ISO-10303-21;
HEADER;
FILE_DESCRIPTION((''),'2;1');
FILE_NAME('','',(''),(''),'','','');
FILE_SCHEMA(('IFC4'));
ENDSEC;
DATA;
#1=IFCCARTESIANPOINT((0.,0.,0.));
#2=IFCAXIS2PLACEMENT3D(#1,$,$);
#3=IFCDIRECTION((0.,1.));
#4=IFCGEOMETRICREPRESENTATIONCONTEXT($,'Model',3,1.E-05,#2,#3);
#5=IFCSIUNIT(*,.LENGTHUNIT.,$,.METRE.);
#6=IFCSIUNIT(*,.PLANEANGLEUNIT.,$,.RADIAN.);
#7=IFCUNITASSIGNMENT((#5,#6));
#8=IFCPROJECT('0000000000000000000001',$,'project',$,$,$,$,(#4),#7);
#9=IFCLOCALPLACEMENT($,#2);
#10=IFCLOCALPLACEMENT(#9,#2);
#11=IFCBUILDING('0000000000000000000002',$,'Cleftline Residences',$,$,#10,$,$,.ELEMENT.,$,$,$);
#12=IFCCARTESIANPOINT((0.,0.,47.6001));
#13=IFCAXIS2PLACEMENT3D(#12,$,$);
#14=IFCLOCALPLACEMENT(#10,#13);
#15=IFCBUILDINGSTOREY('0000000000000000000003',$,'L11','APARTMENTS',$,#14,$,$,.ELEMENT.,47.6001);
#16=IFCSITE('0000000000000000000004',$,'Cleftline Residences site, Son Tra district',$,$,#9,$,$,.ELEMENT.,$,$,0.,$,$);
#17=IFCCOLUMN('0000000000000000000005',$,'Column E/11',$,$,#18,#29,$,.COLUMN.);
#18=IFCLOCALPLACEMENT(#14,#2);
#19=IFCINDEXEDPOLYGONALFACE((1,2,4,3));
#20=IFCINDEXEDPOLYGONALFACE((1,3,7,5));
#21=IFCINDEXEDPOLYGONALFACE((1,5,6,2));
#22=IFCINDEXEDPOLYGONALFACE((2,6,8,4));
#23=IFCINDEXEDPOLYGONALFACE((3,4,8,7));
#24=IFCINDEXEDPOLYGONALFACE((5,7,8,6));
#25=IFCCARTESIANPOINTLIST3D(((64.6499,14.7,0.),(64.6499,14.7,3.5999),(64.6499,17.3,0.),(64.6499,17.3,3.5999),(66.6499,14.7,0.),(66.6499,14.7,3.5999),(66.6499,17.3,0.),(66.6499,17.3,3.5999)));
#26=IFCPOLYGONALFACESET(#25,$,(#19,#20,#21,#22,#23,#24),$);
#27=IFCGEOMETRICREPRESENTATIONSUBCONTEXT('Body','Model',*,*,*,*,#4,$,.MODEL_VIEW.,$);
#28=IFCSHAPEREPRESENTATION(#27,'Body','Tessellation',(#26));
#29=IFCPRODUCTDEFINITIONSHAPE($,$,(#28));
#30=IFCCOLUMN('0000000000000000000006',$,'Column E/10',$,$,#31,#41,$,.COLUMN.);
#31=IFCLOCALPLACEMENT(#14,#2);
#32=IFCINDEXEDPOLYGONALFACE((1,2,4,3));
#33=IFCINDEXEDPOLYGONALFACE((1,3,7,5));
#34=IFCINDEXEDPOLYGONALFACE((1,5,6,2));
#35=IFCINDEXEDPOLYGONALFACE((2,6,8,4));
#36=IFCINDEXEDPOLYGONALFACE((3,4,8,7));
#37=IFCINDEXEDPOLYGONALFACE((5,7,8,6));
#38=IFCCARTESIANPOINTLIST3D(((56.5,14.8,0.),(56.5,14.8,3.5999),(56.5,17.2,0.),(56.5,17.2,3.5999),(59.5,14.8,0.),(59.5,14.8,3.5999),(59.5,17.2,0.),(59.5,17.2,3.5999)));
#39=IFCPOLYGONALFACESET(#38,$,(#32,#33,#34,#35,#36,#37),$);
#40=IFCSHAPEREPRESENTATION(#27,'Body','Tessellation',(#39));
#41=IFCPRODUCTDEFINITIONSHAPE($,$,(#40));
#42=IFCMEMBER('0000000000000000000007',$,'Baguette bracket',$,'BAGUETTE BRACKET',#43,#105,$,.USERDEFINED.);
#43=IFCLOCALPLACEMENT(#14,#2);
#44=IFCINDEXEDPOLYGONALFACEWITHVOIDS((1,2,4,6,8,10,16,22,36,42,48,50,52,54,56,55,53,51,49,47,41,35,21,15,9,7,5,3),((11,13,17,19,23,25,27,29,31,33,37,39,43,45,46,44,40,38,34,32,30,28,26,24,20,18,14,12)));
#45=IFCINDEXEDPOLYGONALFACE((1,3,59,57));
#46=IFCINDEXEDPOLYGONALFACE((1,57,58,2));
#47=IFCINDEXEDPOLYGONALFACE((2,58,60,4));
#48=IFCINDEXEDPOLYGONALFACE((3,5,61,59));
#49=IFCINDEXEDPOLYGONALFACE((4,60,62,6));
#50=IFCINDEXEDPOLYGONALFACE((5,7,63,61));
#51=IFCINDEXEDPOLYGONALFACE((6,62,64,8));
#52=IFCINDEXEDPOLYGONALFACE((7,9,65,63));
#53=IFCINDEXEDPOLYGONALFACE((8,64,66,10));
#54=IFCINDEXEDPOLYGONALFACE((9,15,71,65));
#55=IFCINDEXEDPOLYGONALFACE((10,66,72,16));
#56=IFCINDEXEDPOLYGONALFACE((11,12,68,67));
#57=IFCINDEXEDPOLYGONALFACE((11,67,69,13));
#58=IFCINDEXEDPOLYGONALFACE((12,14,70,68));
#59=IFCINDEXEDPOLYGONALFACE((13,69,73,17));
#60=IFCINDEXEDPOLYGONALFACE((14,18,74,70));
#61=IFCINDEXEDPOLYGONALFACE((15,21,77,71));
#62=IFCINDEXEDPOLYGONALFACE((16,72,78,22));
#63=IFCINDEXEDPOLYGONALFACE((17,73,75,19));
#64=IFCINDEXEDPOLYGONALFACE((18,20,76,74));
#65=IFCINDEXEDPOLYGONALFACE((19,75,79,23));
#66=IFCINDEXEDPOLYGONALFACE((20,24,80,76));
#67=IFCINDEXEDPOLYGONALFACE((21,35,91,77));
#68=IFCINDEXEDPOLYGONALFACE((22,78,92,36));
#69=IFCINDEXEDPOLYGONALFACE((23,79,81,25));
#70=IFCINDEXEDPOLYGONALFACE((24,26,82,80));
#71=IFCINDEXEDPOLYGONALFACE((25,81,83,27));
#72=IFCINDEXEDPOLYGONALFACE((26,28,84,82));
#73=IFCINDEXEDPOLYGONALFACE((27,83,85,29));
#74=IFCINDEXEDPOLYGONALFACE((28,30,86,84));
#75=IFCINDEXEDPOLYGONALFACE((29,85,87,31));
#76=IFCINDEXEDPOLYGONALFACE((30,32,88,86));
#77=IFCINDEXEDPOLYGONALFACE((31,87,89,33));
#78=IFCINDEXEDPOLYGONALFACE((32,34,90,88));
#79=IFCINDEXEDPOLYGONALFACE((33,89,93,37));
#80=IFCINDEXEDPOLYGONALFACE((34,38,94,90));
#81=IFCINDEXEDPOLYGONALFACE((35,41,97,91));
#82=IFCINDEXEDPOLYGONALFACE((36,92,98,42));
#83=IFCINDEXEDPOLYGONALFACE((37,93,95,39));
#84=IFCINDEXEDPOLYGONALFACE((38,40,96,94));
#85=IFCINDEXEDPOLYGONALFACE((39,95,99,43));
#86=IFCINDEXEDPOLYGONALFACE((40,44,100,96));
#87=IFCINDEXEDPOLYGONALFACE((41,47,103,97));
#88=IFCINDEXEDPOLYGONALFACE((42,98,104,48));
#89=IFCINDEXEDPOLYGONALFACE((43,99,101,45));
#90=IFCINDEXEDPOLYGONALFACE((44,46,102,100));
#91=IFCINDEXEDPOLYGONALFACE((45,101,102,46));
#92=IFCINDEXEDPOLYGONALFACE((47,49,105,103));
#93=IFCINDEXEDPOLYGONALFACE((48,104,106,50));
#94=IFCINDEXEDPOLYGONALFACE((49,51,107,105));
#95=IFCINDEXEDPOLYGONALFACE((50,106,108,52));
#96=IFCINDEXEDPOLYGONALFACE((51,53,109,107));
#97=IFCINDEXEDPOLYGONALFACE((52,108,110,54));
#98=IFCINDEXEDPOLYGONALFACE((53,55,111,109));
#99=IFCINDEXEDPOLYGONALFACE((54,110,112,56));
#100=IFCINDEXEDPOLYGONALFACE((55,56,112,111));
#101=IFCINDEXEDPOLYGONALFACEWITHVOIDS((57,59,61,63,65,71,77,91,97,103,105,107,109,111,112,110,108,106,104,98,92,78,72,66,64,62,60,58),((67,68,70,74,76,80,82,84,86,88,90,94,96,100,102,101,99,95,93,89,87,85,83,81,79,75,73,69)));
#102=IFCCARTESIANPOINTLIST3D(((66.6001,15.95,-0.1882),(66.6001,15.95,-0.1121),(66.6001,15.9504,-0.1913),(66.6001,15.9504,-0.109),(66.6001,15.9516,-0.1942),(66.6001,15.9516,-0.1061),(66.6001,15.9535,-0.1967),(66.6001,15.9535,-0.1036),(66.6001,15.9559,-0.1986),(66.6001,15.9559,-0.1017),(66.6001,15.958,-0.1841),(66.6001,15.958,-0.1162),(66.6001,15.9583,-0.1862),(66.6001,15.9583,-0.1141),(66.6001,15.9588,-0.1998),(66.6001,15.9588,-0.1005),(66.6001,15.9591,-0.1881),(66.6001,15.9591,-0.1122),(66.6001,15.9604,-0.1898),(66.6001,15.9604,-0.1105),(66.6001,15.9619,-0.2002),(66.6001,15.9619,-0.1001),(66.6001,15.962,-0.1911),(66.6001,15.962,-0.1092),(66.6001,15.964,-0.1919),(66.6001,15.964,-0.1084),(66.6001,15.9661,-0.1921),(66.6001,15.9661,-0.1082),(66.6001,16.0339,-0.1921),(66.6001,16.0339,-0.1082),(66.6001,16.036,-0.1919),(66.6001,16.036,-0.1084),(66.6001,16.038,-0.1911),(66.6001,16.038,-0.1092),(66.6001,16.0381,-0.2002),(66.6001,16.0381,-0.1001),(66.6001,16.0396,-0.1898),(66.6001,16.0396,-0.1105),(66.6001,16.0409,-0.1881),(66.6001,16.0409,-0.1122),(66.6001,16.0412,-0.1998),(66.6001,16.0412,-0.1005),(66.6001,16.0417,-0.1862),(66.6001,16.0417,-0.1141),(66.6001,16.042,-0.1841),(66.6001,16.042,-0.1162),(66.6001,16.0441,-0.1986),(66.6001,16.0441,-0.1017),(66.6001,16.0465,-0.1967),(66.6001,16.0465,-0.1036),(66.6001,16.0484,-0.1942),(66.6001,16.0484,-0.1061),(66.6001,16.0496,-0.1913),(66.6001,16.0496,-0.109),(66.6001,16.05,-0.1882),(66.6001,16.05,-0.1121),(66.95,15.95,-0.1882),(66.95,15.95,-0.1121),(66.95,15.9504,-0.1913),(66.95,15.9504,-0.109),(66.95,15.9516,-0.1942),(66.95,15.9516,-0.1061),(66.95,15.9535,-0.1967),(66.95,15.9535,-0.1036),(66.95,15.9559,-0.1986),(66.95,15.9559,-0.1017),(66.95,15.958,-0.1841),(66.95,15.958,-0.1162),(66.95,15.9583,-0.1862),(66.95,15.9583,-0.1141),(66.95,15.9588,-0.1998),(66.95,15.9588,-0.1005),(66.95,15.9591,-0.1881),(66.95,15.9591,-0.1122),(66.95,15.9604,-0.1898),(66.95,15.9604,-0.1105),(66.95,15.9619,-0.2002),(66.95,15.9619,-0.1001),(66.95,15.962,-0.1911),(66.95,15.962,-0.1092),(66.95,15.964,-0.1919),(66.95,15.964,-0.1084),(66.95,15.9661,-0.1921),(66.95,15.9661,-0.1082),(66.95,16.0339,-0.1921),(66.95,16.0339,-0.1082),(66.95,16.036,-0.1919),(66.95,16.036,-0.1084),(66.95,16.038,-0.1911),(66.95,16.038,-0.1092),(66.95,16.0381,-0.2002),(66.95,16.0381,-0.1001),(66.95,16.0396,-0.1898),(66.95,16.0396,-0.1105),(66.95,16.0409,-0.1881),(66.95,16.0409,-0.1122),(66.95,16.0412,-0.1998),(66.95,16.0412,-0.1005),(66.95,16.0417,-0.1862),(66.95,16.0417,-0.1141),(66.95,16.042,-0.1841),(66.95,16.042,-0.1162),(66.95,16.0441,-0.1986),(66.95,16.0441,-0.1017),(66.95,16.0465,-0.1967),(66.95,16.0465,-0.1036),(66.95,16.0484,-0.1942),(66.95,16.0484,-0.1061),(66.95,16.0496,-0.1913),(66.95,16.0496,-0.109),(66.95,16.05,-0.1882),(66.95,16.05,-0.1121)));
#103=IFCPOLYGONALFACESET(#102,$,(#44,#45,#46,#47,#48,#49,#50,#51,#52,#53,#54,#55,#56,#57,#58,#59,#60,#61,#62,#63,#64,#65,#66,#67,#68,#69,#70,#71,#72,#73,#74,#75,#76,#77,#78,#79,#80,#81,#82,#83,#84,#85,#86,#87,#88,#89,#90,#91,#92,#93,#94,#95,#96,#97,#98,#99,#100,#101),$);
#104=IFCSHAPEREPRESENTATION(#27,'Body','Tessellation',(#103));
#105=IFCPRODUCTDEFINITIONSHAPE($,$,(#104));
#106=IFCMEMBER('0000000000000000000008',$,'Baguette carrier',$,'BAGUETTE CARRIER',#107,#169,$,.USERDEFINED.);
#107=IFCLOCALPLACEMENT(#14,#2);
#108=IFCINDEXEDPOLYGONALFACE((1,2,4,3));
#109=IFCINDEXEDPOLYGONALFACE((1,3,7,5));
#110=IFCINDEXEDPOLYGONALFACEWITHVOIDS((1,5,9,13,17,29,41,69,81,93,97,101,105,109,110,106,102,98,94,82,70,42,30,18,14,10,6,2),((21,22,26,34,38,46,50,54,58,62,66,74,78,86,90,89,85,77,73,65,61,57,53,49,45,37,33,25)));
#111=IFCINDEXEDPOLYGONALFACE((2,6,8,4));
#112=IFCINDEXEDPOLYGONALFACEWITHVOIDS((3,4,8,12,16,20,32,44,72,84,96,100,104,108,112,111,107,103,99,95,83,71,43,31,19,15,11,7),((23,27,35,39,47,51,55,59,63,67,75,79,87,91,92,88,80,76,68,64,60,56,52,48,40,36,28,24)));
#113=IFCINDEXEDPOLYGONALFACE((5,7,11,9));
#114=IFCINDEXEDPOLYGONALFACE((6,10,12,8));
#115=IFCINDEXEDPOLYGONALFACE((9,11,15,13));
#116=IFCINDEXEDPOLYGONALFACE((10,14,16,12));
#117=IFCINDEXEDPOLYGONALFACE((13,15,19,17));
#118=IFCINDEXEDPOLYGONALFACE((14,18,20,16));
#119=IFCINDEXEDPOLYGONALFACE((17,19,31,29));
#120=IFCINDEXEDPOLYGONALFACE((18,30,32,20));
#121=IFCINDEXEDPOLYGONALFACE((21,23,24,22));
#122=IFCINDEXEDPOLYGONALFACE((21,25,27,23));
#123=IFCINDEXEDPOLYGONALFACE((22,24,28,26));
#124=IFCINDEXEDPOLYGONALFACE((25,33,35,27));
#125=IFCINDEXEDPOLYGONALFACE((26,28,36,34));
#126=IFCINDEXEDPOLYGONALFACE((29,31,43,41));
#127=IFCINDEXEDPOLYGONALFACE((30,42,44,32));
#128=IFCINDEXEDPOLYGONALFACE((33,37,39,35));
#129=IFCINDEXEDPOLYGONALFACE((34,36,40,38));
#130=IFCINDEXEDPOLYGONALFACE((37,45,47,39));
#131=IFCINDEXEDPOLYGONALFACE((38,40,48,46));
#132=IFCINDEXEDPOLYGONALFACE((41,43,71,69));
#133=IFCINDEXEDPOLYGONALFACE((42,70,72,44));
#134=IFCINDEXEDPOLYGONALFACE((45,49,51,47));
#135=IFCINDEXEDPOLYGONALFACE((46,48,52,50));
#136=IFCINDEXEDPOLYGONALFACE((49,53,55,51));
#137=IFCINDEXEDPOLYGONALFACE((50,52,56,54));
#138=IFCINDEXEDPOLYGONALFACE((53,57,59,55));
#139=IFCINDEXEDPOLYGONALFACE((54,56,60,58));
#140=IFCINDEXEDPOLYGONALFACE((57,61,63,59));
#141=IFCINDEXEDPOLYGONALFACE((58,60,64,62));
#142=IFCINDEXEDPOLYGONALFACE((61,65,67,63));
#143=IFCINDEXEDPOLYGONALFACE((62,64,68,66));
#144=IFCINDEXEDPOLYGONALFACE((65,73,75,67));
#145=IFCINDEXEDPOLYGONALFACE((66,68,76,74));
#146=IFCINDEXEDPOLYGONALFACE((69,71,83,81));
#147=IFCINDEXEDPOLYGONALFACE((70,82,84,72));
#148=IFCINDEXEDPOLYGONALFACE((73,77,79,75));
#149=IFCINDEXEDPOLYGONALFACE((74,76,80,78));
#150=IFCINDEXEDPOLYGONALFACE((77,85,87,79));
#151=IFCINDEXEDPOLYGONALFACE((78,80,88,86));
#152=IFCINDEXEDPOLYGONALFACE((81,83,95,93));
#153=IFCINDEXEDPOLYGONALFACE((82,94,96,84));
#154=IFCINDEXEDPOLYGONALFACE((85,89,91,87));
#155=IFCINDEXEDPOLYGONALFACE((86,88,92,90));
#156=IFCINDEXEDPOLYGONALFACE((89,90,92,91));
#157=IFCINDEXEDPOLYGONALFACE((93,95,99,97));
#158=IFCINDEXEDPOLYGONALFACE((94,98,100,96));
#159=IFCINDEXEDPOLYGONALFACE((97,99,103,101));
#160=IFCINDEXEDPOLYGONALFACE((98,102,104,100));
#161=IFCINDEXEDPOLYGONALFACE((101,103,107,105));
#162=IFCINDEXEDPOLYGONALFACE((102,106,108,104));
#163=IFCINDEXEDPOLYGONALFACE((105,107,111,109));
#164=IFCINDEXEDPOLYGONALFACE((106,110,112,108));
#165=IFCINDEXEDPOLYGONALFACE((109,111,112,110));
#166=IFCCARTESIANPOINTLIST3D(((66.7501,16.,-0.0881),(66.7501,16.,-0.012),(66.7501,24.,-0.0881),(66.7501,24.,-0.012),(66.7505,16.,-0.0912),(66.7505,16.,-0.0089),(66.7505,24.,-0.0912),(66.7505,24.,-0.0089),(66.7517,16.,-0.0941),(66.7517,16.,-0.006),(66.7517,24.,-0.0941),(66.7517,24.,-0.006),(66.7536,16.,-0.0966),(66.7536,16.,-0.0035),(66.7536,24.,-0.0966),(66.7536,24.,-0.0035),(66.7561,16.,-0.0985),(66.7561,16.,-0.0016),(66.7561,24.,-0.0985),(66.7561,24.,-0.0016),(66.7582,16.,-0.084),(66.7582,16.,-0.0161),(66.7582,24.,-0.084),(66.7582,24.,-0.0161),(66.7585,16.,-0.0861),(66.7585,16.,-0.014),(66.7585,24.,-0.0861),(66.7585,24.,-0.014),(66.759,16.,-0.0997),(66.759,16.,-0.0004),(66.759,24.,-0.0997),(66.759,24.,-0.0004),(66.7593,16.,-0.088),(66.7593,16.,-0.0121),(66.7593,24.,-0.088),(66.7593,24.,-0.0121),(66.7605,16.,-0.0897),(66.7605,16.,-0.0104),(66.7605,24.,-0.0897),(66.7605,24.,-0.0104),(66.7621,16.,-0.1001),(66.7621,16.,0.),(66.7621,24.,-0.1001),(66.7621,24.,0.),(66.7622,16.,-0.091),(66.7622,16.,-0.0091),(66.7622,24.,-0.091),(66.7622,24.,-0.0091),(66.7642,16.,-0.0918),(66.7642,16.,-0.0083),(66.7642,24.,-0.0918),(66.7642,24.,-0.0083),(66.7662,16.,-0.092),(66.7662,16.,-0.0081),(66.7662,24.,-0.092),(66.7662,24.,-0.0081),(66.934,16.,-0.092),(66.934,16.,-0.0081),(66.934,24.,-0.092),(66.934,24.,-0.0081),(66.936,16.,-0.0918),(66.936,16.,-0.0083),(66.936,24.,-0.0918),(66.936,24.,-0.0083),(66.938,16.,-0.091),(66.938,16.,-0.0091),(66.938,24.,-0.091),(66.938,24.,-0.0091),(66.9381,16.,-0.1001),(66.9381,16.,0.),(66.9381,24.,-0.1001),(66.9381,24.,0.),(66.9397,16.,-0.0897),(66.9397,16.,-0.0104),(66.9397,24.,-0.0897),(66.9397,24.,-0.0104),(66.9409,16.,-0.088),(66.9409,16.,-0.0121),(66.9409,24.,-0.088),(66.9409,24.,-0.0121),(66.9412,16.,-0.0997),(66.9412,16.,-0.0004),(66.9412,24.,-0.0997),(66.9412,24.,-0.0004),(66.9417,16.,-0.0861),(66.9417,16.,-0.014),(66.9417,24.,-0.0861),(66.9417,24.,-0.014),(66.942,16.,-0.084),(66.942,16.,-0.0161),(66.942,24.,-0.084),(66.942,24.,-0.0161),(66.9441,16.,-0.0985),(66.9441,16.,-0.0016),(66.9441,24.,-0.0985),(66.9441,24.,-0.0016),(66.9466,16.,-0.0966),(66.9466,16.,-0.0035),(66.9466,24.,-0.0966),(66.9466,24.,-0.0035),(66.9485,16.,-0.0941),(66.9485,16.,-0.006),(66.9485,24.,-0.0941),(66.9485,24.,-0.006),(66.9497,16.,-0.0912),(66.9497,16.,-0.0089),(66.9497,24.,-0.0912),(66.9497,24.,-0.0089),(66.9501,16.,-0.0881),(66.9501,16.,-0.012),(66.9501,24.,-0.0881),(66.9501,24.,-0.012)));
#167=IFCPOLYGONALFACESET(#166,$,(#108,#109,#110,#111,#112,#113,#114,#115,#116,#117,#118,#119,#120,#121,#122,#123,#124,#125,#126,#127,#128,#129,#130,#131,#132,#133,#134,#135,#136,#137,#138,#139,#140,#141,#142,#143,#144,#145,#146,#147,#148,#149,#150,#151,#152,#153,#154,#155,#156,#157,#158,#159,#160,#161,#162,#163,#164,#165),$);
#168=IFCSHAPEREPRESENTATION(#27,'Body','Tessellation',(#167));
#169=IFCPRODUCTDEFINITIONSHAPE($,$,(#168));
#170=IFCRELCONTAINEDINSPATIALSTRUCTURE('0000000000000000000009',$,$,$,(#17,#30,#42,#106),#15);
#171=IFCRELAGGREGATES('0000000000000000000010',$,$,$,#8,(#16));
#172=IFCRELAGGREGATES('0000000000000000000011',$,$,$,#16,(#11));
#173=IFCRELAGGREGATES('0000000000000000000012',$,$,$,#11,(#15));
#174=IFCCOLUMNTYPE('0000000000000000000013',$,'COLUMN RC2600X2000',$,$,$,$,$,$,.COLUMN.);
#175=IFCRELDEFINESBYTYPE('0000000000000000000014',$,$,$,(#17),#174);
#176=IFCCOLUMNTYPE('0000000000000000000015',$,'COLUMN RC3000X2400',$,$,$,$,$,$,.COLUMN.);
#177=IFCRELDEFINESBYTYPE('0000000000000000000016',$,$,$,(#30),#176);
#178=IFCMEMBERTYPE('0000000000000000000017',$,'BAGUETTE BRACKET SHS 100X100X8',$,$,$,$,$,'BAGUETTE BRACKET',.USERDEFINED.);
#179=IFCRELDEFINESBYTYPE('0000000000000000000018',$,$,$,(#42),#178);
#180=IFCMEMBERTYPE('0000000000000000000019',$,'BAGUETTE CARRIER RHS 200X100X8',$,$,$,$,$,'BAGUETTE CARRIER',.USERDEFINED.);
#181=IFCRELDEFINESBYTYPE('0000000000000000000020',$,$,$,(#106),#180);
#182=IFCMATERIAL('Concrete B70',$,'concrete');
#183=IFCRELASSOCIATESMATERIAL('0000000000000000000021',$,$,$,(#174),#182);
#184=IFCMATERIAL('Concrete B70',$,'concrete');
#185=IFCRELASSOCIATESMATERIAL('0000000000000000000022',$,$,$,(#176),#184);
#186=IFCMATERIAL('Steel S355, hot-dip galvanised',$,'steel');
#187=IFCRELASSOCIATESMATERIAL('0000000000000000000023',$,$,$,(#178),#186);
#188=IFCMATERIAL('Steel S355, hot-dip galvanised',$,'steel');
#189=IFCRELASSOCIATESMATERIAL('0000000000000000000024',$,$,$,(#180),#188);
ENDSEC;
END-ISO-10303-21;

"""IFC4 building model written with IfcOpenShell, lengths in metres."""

from ifc_helpers import new_model, si_unit, direction, frame, origin, origin_2d, place, context, subcontext, project, spatial, rectangle, hollow_rectangle, extrude, material, material_profile, profile_set, type_object, element, save


model = new_model("IFC4")

# Units and contexts
model_context = context("Model", 3, precision=1e-05, world=origin(), true_north=direction((0.0, 1.0)))
body_context = subcontext(model_context, "Body", "Model", "MODEL_VIEW")
ifc_project = project(units=[si_unit("LENGTHUNIT", "METRE"), si_unit("PLANEANGLEUNIT", "RADIAN")], contexts=[model_context])

# Site, building, storey
site_placement = place(None, origin())
site = spatial("IfcSite", under=ifc_project, at=site_placement, Name="Cleftline Residences site, Son Tra district", CompositionType="ELEMENT", RefElevation=0.0)
building_placement = place(site_placement, origin())
building = spatial("IfcBuilding", under=site, at=building_placement, Name="Cleftline Residences", CompositionType="ELEMENT")
storey_placement = place(building_placement, frame((0.0, 0.0, 47.6001)))
storey = spatial("IfcBuildingStorey", under=building, at=storey_placement, Name="L11", Description="APARTMENTS", CompositionType="ELEMENT", Elevation=47.6001)

# Columns
ifc_material_1 = material(Name="Concrete B70", Category="concrete")
ifc_material_profile_1 = material_profile(ifc_material_1, rectangle(XDim=2.6001, YDim=2.0, at=origin_2d()))
ifc_profile_set_1 = profile_set([ifc_material_profile_1], Name="Concrete B70")
column_type_1 = type_object("IfcColumnType", Name="COLUMN RC2600X2000", PredefinedType="COLUMN", material=ifc_profile_set_1)
column_1_placement = place(storey_placement, frame((65.6499, 16.0, 0.0), z_axis=(0.0, 0.0, 1.0), x_axis=(0.0, 1.0, 0.0)))
element("IfcColumn", 1, at=column_1_placement, inside=storey, type_object=column_type_1, Name="Column E/11", PredefinedType="COLUMN", context=body_context, shape_type="SweptSolid", body=[
    extrude(rectangle(XDim=2.6001, YDim=2.0, at=origin_2d()), origin(), (0.0, 0.0, 1.0), 3.5999),
])
ifc_material_2 = material(Name="Concrete B70", Category="concrete")
ifc_material_profile_2 = material_profile(ifc_material_2, rectangle(XDim=3.0, YDim=2.3999, at=origin_2d()))
ifc_profile_set_2 = profile_set([ifc_material_profile_2], Name="Concrete B70")
column_type_2 = type_object("IfcColumnType", Name="COLUMN RC3000X2400", PredefinedType="COLUMN", material=ifc_profile_set_2)
column_2_placement = place(storey_placement, frame((58.0, 16.0, 0.0), z_axis=(0.0, 0.0, 1.0), x_axis=(1.0, 0.0, 0.0)))
element("IfcColumn", 2, at=column_2_placement, inside=storey, type_object=column_type_2, Name="Column E/10", PredefinedType="COLUMN", context=body_context, shape_type="SweptSolid", body=[
    extrude(rectangle(XDim=3.0, YDim=2.3999, at=origin_2d()), origin(), (0.0, 0.0, 1.0), 3.5999),
])

# Members
ifc_material_3 = material(Name="Steel S355, hot-dip galvanised", Category="steel")
ifc_material_profile_3 = material_profile(ifc_material_3, hollow_rectangle(XDim=0.1001, YDim=0.1001, WallThickness=0.0081, InnerFilletRadius=0.0081, OuterFilletRadius=0.012, at=origin_2d()))
ifc_profile_set_3 = profile_set([ifc_material_profile_3], Name="Steel S355, hot-dip galvanised")
member_type_1 = type_object("IfcMemberType", Name="BAGUETTE BRACKET SHS 100X100X8", ElementType="BAGUETTE BRACKET", PredefinedType="USERDEFINED", material=ifc_profile_set_3)
member_1_placement = place(storey_placement, frame((66.6001, 16.0, -0.1501), z_axis=(1.0, 0.0, 0.0), x_axis=(0.0, 1.0, 0.0)))
element("IfcMember", 3, at=member_1_placement, inside=storey, type_object=member_type_1, Name="Baguette bracket", ObjectType="BAGUETTE BRACKET", PredefinedType="USERDEFINED", context=body_context, shape_type="SweptSolid", body=[
    extrude(hollow_rectangle(XDim=0.1001, YDim=0.1001, WallThickness=0.0081, InnerFilletRadius=0.0081, OuterFilletRadius=0.012, at=origin_2d()), origin(), (0.0, 0.0, 1.0), 0.3499),
])
ifc_material_4 = material(Name="Steel S355, hot-dip galvanised", Category="steel")
ifc_material_profile_4 = material_profile(ifc_material_4, hollow_rectangle(XDim=0.1001, YDim=0.2, WallThickness=0.0081, InnerFilletRadius=0.0081, OuterFilletRadius=0.012, at=origin_2d()))
ifc_profile_set_4 = profile_set([ifc_material_profile_4], Name="Steel S355, hot-dip galvanised")
member_type_2 = type_object("IfcMemberType", Name="BAGUETTE CARRIER RHS 200X100X8", ElementType="BAGUETTE CARRIER", PredefinedType="USERDEFINED", material=ifc_profile_set_4)
member_2_placement = place(storey_placement, frame((66.8501, 16.0, -0.05), z_axis=(0.0, 1.0, 0.0), x_axis=(0.0, 0.0, 1.0)))
element("IfcMember", 4, at=member_2_placement, inside=storey, type_object=member_type_2, Name="Baguette carrier", ObjectType="BAGUETTE CARRIER", PredefinedType="USERDEFINED", context=body_context, shape_type="SweptSolid", body=[
    extrude(hollow_rectangle(XDim=0.1001, YDim=0.2, WallThickness=0.0081, InnerFilletRadius=0.0081, OuterFilletRadius=0.012, at=origin_2d()), origin(), (0.0, 0.0, 1.0), 8.0),
])

save(model, "model.ifc")
